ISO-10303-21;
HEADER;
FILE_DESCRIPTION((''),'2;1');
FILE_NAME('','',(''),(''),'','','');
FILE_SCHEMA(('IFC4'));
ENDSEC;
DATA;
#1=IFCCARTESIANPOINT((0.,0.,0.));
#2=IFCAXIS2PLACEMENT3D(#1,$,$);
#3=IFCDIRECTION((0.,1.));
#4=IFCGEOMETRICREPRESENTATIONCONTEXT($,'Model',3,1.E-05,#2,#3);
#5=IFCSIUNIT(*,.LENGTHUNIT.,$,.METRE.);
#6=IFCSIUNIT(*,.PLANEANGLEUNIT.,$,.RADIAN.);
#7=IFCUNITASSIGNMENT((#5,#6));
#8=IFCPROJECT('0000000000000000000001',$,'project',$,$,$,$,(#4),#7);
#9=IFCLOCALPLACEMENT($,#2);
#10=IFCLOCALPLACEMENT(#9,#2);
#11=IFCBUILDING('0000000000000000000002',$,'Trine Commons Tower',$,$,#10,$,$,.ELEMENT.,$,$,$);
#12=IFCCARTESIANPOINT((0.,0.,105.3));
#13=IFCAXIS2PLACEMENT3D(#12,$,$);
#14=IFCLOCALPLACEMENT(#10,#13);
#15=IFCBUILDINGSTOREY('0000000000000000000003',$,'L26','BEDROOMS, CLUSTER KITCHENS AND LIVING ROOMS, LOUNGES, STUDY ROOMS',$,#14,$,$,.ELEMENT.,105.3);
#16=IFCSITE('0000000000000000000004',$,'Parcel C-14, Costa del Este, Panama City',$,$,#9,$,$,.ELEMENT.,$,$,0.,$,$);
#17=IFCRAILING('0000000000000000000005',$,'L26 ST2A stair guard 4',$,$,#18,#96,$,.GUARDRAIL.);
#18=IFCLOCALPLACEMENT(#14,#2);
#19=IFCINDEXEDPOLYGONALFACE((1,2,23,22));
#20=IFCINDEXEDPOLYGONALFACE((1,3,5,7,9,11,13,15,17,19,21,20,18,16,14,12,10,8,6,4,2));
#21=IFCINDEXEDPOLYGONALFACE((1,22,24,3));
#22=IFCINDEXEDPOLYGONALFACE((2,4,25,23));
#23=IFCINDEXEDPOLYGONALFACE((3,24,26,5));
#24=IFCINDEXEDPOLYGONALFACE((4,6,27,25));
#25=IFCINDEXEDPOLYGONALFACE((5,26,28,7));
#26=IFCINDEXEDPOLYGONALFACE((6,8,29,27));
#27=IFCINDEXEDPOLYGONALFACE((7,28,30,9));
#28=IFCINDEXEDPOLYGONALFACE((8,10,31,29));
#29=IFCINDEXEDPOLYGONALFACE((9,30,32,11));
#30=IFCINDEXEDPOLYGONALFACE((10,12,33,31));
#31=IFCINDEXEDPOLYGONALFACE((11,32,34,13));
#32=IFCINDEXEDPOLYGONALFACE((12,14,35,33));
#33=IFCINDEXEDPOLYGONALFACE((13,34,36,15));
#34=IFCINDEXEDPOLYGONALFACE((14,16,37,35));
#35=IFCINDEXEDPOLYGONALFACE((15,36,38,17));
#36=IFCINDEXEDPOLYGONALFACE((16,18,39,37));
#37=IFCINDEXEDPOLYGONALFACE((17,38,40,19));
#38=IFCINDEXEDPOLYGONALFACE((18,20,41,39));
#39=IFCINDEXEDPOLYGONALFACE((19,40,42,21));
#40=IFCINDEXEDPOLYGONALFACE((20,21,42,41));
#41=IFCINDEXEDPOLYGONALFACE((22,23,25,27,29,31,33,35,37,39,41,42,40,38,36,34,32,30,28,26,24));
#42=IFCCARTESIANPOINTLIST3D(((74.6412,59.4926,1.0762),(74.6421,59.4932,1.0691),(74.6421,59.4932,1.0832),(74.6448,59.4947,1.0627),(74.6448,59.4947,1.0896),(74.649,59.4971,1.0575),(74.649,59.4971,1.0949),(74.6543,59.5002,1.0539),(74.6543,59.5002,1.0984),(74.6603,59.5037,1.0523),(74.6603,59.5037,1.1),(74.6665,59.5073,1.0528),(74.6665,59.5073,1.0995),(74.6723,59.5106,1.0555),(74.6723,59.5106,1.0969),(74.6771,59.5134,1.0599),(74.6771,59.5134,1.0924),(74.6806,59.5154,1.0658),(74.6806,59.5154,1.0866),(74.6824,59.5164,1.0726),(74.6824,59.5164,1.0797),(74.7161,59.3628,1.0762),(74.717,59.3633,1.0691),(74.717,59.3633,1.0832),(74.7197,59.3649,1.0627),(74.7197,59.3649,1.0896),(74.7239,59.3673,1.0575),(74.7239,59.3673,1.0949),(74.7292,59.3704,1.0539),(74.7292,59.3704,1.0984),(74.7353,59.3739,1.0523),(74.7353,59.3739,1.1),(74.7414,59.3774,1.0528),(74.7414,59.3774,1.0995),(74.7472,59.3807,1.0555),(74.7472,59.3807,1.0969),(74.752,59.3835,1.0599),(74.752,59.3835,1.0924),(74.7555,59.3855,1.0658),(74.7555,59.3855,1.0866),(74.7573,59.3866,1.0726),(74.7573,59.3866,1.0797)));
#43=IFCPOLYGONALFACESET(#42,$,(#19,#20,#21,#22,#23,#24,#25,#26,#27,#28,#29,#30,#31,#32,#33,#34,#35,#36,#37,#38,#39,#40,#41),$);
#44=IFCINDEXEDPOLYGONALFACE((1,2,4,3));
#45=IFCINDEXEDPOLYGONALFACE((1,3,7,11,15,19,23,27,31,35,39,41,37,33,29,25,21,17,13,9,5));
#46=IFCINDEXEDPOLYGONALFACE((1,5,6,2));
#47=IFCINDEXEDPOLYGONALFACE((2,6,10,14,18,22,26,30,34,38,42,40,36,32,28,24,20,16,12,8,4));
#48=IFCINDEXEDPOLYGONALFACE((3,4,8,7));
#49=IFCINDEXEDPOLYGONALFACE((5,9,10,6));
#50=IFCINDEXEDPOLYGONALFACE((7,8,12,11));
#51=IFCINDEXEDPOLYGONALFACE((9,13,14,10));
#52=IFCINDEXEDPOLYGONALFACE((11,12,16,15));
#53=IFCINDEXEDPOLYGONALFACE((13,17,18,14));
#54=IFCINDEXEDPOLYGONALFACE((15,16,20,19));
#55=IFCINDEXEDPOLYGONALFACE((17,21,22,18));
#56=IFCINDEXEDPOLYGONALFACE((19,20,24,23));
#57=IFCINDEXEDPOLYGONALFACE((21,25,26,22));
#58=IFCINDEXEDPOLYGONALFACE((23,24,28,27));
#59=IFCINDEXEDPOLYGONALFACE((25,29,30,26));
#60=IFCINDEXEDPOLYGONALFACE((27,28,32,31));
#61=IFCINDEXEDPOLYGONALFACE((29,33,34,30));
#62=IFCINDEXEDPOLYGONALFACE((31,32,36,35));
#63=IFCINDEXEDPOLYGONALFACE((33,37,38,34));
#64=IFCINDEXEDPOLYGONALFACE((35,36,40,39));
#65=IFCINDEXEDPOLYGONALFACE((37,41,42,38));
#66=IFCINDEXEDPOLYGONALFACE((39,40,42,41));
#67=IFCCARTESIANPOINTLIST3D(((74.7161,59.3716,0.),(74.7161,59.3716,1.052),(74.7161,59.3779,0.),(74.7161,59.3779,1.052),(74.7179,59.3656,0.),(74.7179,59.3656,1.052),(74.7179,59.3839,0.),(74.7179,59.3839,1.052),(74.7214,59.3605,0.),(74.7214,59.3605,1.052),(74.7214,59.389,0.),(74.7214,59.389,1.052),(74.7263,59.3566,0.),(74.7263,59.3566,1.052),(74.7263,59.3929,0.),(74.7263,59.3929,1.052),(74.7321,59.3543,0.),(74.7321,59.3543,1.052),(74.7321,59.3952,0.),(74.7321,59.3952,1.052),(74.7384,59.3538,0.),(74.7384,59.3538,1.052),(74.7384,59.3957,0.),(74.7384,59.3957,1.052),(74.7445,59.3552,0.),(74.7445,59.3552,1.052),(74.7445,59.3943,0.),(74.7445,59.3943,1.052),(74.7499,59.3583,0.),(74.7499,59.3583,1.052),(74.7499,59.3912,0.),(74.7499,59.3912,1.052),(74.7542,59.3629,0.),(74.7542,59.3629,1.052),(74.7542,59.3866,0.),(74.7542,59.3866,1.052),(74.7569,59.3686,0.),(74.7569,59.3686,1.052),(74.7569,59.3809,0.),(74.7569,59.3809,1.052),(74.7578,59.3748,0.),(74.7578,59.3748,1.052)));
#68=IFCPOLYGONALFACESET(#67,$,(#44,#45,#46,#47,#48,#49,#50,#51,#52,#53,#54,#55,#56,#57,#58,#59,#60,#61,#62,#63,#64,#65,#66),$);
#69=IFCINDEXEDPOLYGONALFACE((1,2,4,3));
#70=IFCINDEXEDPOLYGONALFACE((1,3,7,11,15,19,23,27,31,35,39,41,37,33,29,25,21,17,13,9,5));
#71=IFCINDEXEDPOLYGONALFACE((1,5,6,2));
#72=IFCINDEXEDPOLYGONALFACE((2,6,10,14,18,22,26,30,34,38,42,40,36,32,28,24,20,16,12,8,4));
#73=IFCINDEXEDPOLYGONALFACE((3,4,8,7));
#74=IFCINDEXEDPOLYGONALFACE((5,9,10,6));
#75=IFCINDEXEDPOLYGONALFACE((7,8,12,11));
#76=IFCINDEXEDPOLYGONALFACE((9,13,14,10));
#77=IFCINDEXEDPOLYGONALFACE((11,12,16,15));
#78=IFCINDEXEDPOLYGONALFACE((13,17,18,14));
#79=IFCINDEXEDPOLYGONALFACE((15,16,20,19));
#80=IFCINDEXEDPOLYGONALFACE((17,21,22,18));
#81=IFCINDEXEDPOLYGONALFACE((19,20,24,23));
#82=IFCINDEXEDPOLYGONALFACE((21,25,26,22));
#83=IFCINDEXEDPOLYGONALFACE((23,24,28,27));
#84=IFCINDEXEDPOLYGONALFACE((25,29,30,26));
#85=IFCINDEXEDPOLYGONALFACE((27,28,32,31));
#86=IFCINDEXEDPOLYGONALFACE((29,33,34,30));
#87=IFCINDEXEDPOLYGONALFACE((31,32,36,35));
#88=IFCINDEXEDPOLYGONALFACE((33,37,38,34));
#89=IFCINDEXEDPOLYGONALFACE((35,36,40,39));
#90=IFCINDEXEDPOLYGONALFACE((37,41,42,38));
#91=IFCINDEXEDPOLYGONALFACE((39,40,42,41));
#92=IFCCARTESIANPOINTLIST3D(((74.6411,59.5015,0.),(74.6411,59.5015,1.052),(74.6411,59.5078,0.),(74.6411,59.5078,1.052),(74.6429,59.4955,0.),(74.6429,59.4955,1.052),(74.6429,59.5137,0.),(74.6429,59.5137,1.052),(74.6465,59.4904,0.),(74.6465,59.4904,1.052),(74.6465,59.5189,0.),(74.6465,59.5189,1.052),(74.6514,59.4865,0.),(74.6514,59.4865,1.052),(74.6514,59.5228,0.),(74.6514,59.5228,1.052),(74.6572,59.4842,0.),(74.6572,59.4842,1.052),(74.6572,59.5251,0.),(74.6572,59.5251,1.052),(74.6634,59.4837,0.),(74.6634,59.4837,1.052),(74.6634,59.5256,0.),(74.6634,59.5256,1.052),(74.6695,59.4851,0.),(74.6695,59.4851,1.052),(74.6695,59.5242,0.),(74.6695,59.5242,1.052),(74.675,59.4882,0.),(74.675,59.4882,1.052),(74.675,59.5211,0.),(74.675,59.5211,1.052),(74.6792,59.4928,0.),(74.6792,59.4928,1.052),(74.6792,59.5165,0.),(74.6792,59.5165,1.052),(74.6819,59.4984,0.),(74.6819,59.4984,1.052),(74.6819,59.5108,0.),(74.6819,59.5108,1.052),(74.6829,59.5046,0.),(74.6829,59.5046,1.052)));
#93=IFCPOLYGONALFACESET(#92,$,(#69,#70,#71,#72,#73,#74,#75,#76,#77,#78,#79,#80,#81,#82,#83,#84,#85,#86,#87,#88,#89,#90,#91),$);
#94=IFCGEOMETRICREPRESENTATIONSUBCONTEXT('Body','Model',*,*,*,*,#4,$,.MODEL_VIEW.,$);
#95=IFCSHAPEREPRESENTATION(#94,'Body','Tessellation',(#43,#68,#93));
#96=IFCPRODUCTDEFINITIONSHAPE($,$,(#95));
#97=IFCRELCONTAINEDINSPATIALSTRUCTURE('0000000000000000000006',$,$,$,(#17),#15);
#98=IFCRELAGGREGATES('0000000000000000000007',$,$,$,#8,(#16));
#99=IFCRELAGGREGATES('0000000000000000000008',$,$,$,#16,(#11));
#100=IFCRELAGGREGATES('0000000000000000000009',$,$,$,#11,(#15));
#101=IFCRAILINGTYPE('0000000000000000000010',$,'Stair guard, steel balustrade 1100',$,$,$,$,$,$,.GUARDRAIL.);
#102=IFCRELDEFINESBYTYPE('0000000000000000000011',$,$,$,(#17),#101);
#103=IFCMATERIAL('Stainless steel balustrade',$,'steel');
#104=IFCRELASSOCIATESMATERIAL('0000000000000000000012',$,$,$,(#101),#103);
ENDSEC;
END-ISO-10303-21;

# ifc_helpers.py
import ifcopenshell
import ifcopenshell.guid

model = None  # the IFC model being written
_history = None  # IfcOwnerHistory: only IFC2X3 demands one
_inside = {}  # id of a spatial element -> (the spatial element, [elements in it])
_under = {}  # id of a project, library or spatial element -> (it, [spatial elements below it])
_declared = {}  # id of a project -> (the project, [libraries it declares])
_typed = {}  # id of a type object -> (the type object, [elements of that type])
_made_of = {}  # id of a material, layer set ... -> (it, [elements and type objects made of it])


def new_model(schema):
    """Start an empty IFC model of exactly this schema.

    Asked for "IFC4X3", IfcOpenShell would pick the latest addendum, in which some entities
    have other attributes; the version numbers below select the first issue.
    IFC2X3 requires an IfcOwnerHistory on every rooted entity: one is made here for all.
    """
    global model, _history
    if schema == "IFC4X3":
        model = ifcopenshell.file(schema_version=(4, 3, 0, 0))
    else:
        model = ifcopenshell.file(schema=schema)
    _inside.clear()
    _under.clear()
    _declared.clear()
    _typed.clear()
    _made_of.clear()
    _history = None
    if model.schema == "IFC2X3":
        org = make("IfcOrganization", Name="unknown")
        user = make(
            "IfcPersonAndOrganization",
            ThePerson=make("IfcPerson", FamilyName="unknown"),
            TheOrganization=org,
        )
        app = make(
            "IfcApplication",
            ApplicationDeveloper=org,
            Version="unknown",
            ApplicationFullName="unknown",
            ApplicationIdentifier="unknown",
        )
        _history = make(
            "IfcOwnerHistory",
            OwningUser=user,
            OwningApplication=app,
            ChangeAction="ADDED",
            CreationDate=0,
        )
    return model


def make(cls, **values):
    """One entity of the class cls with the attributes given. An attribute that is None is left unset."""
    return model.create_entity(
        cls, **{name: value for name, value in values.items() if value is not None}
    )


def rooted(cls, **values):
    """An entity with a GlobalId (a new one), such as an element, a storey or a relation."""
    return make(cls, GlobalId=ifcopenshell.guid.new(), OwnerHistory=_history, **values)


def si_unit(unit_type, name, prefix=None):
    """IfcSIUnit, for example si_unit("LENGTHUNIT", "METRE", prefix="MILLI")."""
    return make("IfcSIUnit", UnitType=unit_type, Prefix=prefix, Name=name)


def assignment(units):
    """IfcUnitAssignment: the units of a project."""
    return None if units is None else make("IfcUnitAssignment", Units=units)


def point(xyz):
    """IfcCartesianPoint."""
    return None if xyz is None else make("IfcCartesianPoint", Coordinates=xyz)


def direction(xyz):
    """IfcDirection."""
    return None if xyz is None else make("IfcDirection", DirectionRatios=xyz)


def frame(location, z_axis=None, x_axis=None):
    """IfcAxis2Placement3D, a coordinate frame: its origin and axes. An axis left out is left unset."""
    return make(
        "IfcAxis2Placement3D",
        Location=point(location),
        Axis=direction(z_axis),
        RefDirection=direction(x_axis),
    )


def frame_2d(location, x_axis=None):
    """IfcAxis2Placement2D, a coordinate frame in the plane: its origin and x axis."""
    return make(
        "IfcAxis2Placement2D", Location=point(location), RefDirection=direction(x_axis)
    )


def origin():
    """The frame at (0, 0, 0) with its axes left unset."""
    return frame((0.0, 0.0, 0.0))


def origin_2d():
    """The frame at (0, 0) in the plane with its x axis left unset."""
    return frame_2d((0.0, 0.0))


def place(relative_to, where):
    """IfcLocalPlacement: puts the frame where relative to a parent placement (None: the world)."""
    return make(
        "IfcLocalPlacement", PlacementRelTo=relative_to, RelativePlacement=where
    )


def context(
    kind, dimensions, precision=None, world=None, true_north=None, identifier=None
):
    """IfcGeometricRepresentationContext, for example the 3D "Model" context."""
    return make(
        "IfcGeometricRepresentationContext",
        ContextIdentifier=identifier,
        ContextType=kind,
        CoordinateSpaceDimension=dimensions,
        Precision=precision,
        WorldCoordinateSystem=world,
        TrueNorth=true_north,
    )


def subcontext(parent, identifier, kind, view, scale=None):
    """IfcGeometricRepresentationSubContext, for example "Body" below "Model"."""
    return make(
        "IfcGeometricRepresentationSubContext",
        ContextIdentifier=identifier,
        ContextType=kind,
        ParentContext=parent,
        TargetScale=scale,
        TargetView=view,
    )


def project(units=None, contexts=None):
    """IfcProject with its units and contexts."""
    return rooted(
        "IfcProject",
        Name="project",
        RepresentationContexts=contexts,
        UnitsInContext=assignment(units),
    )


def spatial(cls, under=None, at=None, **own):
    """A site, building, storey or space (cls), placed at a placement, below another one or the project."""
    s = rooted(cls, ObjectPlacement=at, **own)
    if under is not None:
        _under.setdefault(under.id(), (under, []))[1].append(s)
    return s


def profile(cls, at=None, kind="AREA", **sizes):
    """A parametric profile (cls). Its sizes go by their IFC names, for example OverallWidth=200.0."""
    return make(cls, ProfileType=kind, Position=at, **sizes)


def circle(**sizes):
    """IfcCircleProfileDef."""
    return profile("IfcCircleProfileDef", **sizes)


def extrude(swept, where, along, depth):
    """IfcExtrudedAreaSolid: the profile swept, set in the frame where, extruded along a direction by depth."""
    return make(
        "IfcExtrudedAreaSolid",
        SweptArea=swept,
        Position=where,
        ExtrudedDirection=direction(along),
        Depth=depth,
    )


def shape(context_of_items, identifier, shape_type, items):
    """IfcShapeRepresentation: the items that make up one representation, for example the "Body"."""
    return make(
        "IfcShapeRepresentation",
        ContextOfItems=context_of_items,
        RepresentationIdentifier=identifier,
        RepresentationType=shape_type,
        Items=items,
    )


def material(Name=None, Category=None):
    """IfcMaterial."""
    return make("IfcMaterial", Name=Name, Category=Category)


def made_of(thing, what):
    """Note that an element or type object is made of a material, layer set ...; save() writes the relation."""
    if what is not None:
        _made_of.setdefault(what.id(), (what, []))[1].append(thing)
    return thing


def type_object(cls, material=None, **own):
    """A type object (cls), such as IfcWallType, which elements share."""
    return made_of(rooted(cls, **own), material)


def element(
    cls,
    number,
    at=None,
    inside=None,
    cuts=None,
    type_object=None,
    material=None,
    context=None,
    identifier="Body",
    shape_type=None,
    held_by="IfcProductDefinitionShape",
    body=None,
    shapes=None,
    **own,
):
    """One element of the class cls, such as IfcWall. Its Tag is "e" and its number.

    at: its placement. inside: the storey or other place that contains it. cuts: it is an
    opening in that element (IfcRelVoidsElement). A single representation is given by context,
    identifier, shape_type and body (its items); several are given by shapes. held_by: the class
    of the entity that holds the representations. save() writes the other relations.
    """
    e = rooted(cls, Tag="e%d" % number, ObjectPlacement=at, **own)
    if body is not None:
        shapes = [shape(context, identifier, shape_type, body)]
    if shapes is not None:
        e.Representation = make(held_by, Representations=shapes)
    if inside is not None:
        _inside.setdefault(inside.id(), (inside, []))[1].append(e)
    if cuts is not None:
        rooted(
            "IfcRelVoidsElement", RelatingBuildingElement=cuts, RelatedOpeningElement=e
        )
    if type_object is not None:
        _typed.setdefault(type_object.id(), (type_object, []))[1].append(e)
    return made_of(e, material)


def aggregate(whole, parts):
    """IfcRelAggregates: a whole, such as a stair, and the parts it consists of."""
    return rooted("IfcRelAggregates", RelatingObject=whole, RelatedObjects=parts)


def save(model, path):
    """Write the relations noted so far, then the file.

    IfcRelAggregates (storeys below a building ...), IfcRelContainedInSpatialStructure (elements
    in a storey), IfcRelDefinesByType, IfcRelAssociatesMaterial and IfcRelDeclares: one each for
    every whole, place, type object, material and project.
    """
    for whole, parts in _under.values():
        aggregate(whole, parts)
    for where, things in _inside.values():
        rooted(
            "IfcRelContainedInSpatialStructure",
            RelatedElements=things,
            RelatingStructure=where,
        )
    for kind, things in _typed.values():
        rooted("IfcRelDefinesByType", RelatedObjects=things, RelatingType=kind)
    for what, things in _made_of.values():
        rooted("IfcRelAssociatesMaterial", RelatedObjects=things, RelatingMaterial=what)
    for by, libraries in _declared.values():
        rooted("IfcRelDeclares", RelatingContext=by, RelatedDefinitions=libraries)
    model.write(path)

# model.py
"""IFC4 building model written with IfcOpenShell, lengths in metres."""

from ifc_helpers import new_model, si_unit, direction, frame, origin, origin_2d, place, context, subcontext, project, spatial, circle, extrude, material, type_object, element, save


model = new_model("IFC4")

# Units and contexts
model_context = context("Model", 3, precision=1e-05, world=origin(), true_north=direction((0.0, 1.0)))
body_context = subcontext(model_context, "Body", "Model", "MODEL_VIEW")
ifc_project = project(units=[si_unit("LENGTHUNIT", "METRE"), si_unit("PLANEANGLEUNIT", "RADIAN")], contexts=[model_context])

# Site, building, storey
site_placement = place(None, origin())
site = spatial("IfcSite", under=ifc_project, at=site_placement, Name="Parcel C-14, Costa del Este, Panama City", CompositionType="ELEMENT", RefElevation=0.0)
building_placement = place(site_placement, origin())
building = spatial("IfcBuilding", under=site, at=building_placement, Name="Trine Commons Tower", CompositionType="ELEMENT")
storey_placement = place(building_placement, frame((0.0, 0.0, 105.3)))
storey = spatial("IfcBuildingStorey", under=building, at=storey_placement, Name="L26", Description="BEDROOMS, CLUSTER KITCHENS AND LIVING ROOMS, LOUNGES, STUDY ROOMS", CompositionType="ELEMENT", Elevation=105.3)

# Railing
ifc_material_1 = material(Name="Stainless steel balustrade", Category="steel")
railing_type = type_object("IfcRailingType", Name="Stair guard, steel balustrade 1100", PredefinedType="GUARDRAIL", material=ifc_material_1)
railing_1_placement = place(storey_placement, frame((74.7368, 59.3748, 0.0)))
element("IfcRailing", 1, at=railing_1_placement, inside=storey, type_object=railing_type, Name="L26 ST2A stair guard 4", PredefinedType="GUARDRAIL", context=body_context, shape_type="SweptSolid", body=[
    extrude(circle(Radius=0.0239, at=origin_2d()), frame((0.0, 0.0, 1.0762), z_axis=(-0.499816, 0.866131, 0.0), x_axis=(-0.866131, -0.499816, 0.0)), (0.0, 0.0, 1.0), 0.1499),
    extrude(circle(Radius=0.021, at=origin_2d()), origin(), (0.0, 0.0, 1.0), 1.052),
    extrude(circle(Radius=0.021, at=origin_2d()), frame((-0.075, 0.1299, 0.0)), (0.0, 0.0, 1.0), 1.052),
])

save(model, "model.ifc")
